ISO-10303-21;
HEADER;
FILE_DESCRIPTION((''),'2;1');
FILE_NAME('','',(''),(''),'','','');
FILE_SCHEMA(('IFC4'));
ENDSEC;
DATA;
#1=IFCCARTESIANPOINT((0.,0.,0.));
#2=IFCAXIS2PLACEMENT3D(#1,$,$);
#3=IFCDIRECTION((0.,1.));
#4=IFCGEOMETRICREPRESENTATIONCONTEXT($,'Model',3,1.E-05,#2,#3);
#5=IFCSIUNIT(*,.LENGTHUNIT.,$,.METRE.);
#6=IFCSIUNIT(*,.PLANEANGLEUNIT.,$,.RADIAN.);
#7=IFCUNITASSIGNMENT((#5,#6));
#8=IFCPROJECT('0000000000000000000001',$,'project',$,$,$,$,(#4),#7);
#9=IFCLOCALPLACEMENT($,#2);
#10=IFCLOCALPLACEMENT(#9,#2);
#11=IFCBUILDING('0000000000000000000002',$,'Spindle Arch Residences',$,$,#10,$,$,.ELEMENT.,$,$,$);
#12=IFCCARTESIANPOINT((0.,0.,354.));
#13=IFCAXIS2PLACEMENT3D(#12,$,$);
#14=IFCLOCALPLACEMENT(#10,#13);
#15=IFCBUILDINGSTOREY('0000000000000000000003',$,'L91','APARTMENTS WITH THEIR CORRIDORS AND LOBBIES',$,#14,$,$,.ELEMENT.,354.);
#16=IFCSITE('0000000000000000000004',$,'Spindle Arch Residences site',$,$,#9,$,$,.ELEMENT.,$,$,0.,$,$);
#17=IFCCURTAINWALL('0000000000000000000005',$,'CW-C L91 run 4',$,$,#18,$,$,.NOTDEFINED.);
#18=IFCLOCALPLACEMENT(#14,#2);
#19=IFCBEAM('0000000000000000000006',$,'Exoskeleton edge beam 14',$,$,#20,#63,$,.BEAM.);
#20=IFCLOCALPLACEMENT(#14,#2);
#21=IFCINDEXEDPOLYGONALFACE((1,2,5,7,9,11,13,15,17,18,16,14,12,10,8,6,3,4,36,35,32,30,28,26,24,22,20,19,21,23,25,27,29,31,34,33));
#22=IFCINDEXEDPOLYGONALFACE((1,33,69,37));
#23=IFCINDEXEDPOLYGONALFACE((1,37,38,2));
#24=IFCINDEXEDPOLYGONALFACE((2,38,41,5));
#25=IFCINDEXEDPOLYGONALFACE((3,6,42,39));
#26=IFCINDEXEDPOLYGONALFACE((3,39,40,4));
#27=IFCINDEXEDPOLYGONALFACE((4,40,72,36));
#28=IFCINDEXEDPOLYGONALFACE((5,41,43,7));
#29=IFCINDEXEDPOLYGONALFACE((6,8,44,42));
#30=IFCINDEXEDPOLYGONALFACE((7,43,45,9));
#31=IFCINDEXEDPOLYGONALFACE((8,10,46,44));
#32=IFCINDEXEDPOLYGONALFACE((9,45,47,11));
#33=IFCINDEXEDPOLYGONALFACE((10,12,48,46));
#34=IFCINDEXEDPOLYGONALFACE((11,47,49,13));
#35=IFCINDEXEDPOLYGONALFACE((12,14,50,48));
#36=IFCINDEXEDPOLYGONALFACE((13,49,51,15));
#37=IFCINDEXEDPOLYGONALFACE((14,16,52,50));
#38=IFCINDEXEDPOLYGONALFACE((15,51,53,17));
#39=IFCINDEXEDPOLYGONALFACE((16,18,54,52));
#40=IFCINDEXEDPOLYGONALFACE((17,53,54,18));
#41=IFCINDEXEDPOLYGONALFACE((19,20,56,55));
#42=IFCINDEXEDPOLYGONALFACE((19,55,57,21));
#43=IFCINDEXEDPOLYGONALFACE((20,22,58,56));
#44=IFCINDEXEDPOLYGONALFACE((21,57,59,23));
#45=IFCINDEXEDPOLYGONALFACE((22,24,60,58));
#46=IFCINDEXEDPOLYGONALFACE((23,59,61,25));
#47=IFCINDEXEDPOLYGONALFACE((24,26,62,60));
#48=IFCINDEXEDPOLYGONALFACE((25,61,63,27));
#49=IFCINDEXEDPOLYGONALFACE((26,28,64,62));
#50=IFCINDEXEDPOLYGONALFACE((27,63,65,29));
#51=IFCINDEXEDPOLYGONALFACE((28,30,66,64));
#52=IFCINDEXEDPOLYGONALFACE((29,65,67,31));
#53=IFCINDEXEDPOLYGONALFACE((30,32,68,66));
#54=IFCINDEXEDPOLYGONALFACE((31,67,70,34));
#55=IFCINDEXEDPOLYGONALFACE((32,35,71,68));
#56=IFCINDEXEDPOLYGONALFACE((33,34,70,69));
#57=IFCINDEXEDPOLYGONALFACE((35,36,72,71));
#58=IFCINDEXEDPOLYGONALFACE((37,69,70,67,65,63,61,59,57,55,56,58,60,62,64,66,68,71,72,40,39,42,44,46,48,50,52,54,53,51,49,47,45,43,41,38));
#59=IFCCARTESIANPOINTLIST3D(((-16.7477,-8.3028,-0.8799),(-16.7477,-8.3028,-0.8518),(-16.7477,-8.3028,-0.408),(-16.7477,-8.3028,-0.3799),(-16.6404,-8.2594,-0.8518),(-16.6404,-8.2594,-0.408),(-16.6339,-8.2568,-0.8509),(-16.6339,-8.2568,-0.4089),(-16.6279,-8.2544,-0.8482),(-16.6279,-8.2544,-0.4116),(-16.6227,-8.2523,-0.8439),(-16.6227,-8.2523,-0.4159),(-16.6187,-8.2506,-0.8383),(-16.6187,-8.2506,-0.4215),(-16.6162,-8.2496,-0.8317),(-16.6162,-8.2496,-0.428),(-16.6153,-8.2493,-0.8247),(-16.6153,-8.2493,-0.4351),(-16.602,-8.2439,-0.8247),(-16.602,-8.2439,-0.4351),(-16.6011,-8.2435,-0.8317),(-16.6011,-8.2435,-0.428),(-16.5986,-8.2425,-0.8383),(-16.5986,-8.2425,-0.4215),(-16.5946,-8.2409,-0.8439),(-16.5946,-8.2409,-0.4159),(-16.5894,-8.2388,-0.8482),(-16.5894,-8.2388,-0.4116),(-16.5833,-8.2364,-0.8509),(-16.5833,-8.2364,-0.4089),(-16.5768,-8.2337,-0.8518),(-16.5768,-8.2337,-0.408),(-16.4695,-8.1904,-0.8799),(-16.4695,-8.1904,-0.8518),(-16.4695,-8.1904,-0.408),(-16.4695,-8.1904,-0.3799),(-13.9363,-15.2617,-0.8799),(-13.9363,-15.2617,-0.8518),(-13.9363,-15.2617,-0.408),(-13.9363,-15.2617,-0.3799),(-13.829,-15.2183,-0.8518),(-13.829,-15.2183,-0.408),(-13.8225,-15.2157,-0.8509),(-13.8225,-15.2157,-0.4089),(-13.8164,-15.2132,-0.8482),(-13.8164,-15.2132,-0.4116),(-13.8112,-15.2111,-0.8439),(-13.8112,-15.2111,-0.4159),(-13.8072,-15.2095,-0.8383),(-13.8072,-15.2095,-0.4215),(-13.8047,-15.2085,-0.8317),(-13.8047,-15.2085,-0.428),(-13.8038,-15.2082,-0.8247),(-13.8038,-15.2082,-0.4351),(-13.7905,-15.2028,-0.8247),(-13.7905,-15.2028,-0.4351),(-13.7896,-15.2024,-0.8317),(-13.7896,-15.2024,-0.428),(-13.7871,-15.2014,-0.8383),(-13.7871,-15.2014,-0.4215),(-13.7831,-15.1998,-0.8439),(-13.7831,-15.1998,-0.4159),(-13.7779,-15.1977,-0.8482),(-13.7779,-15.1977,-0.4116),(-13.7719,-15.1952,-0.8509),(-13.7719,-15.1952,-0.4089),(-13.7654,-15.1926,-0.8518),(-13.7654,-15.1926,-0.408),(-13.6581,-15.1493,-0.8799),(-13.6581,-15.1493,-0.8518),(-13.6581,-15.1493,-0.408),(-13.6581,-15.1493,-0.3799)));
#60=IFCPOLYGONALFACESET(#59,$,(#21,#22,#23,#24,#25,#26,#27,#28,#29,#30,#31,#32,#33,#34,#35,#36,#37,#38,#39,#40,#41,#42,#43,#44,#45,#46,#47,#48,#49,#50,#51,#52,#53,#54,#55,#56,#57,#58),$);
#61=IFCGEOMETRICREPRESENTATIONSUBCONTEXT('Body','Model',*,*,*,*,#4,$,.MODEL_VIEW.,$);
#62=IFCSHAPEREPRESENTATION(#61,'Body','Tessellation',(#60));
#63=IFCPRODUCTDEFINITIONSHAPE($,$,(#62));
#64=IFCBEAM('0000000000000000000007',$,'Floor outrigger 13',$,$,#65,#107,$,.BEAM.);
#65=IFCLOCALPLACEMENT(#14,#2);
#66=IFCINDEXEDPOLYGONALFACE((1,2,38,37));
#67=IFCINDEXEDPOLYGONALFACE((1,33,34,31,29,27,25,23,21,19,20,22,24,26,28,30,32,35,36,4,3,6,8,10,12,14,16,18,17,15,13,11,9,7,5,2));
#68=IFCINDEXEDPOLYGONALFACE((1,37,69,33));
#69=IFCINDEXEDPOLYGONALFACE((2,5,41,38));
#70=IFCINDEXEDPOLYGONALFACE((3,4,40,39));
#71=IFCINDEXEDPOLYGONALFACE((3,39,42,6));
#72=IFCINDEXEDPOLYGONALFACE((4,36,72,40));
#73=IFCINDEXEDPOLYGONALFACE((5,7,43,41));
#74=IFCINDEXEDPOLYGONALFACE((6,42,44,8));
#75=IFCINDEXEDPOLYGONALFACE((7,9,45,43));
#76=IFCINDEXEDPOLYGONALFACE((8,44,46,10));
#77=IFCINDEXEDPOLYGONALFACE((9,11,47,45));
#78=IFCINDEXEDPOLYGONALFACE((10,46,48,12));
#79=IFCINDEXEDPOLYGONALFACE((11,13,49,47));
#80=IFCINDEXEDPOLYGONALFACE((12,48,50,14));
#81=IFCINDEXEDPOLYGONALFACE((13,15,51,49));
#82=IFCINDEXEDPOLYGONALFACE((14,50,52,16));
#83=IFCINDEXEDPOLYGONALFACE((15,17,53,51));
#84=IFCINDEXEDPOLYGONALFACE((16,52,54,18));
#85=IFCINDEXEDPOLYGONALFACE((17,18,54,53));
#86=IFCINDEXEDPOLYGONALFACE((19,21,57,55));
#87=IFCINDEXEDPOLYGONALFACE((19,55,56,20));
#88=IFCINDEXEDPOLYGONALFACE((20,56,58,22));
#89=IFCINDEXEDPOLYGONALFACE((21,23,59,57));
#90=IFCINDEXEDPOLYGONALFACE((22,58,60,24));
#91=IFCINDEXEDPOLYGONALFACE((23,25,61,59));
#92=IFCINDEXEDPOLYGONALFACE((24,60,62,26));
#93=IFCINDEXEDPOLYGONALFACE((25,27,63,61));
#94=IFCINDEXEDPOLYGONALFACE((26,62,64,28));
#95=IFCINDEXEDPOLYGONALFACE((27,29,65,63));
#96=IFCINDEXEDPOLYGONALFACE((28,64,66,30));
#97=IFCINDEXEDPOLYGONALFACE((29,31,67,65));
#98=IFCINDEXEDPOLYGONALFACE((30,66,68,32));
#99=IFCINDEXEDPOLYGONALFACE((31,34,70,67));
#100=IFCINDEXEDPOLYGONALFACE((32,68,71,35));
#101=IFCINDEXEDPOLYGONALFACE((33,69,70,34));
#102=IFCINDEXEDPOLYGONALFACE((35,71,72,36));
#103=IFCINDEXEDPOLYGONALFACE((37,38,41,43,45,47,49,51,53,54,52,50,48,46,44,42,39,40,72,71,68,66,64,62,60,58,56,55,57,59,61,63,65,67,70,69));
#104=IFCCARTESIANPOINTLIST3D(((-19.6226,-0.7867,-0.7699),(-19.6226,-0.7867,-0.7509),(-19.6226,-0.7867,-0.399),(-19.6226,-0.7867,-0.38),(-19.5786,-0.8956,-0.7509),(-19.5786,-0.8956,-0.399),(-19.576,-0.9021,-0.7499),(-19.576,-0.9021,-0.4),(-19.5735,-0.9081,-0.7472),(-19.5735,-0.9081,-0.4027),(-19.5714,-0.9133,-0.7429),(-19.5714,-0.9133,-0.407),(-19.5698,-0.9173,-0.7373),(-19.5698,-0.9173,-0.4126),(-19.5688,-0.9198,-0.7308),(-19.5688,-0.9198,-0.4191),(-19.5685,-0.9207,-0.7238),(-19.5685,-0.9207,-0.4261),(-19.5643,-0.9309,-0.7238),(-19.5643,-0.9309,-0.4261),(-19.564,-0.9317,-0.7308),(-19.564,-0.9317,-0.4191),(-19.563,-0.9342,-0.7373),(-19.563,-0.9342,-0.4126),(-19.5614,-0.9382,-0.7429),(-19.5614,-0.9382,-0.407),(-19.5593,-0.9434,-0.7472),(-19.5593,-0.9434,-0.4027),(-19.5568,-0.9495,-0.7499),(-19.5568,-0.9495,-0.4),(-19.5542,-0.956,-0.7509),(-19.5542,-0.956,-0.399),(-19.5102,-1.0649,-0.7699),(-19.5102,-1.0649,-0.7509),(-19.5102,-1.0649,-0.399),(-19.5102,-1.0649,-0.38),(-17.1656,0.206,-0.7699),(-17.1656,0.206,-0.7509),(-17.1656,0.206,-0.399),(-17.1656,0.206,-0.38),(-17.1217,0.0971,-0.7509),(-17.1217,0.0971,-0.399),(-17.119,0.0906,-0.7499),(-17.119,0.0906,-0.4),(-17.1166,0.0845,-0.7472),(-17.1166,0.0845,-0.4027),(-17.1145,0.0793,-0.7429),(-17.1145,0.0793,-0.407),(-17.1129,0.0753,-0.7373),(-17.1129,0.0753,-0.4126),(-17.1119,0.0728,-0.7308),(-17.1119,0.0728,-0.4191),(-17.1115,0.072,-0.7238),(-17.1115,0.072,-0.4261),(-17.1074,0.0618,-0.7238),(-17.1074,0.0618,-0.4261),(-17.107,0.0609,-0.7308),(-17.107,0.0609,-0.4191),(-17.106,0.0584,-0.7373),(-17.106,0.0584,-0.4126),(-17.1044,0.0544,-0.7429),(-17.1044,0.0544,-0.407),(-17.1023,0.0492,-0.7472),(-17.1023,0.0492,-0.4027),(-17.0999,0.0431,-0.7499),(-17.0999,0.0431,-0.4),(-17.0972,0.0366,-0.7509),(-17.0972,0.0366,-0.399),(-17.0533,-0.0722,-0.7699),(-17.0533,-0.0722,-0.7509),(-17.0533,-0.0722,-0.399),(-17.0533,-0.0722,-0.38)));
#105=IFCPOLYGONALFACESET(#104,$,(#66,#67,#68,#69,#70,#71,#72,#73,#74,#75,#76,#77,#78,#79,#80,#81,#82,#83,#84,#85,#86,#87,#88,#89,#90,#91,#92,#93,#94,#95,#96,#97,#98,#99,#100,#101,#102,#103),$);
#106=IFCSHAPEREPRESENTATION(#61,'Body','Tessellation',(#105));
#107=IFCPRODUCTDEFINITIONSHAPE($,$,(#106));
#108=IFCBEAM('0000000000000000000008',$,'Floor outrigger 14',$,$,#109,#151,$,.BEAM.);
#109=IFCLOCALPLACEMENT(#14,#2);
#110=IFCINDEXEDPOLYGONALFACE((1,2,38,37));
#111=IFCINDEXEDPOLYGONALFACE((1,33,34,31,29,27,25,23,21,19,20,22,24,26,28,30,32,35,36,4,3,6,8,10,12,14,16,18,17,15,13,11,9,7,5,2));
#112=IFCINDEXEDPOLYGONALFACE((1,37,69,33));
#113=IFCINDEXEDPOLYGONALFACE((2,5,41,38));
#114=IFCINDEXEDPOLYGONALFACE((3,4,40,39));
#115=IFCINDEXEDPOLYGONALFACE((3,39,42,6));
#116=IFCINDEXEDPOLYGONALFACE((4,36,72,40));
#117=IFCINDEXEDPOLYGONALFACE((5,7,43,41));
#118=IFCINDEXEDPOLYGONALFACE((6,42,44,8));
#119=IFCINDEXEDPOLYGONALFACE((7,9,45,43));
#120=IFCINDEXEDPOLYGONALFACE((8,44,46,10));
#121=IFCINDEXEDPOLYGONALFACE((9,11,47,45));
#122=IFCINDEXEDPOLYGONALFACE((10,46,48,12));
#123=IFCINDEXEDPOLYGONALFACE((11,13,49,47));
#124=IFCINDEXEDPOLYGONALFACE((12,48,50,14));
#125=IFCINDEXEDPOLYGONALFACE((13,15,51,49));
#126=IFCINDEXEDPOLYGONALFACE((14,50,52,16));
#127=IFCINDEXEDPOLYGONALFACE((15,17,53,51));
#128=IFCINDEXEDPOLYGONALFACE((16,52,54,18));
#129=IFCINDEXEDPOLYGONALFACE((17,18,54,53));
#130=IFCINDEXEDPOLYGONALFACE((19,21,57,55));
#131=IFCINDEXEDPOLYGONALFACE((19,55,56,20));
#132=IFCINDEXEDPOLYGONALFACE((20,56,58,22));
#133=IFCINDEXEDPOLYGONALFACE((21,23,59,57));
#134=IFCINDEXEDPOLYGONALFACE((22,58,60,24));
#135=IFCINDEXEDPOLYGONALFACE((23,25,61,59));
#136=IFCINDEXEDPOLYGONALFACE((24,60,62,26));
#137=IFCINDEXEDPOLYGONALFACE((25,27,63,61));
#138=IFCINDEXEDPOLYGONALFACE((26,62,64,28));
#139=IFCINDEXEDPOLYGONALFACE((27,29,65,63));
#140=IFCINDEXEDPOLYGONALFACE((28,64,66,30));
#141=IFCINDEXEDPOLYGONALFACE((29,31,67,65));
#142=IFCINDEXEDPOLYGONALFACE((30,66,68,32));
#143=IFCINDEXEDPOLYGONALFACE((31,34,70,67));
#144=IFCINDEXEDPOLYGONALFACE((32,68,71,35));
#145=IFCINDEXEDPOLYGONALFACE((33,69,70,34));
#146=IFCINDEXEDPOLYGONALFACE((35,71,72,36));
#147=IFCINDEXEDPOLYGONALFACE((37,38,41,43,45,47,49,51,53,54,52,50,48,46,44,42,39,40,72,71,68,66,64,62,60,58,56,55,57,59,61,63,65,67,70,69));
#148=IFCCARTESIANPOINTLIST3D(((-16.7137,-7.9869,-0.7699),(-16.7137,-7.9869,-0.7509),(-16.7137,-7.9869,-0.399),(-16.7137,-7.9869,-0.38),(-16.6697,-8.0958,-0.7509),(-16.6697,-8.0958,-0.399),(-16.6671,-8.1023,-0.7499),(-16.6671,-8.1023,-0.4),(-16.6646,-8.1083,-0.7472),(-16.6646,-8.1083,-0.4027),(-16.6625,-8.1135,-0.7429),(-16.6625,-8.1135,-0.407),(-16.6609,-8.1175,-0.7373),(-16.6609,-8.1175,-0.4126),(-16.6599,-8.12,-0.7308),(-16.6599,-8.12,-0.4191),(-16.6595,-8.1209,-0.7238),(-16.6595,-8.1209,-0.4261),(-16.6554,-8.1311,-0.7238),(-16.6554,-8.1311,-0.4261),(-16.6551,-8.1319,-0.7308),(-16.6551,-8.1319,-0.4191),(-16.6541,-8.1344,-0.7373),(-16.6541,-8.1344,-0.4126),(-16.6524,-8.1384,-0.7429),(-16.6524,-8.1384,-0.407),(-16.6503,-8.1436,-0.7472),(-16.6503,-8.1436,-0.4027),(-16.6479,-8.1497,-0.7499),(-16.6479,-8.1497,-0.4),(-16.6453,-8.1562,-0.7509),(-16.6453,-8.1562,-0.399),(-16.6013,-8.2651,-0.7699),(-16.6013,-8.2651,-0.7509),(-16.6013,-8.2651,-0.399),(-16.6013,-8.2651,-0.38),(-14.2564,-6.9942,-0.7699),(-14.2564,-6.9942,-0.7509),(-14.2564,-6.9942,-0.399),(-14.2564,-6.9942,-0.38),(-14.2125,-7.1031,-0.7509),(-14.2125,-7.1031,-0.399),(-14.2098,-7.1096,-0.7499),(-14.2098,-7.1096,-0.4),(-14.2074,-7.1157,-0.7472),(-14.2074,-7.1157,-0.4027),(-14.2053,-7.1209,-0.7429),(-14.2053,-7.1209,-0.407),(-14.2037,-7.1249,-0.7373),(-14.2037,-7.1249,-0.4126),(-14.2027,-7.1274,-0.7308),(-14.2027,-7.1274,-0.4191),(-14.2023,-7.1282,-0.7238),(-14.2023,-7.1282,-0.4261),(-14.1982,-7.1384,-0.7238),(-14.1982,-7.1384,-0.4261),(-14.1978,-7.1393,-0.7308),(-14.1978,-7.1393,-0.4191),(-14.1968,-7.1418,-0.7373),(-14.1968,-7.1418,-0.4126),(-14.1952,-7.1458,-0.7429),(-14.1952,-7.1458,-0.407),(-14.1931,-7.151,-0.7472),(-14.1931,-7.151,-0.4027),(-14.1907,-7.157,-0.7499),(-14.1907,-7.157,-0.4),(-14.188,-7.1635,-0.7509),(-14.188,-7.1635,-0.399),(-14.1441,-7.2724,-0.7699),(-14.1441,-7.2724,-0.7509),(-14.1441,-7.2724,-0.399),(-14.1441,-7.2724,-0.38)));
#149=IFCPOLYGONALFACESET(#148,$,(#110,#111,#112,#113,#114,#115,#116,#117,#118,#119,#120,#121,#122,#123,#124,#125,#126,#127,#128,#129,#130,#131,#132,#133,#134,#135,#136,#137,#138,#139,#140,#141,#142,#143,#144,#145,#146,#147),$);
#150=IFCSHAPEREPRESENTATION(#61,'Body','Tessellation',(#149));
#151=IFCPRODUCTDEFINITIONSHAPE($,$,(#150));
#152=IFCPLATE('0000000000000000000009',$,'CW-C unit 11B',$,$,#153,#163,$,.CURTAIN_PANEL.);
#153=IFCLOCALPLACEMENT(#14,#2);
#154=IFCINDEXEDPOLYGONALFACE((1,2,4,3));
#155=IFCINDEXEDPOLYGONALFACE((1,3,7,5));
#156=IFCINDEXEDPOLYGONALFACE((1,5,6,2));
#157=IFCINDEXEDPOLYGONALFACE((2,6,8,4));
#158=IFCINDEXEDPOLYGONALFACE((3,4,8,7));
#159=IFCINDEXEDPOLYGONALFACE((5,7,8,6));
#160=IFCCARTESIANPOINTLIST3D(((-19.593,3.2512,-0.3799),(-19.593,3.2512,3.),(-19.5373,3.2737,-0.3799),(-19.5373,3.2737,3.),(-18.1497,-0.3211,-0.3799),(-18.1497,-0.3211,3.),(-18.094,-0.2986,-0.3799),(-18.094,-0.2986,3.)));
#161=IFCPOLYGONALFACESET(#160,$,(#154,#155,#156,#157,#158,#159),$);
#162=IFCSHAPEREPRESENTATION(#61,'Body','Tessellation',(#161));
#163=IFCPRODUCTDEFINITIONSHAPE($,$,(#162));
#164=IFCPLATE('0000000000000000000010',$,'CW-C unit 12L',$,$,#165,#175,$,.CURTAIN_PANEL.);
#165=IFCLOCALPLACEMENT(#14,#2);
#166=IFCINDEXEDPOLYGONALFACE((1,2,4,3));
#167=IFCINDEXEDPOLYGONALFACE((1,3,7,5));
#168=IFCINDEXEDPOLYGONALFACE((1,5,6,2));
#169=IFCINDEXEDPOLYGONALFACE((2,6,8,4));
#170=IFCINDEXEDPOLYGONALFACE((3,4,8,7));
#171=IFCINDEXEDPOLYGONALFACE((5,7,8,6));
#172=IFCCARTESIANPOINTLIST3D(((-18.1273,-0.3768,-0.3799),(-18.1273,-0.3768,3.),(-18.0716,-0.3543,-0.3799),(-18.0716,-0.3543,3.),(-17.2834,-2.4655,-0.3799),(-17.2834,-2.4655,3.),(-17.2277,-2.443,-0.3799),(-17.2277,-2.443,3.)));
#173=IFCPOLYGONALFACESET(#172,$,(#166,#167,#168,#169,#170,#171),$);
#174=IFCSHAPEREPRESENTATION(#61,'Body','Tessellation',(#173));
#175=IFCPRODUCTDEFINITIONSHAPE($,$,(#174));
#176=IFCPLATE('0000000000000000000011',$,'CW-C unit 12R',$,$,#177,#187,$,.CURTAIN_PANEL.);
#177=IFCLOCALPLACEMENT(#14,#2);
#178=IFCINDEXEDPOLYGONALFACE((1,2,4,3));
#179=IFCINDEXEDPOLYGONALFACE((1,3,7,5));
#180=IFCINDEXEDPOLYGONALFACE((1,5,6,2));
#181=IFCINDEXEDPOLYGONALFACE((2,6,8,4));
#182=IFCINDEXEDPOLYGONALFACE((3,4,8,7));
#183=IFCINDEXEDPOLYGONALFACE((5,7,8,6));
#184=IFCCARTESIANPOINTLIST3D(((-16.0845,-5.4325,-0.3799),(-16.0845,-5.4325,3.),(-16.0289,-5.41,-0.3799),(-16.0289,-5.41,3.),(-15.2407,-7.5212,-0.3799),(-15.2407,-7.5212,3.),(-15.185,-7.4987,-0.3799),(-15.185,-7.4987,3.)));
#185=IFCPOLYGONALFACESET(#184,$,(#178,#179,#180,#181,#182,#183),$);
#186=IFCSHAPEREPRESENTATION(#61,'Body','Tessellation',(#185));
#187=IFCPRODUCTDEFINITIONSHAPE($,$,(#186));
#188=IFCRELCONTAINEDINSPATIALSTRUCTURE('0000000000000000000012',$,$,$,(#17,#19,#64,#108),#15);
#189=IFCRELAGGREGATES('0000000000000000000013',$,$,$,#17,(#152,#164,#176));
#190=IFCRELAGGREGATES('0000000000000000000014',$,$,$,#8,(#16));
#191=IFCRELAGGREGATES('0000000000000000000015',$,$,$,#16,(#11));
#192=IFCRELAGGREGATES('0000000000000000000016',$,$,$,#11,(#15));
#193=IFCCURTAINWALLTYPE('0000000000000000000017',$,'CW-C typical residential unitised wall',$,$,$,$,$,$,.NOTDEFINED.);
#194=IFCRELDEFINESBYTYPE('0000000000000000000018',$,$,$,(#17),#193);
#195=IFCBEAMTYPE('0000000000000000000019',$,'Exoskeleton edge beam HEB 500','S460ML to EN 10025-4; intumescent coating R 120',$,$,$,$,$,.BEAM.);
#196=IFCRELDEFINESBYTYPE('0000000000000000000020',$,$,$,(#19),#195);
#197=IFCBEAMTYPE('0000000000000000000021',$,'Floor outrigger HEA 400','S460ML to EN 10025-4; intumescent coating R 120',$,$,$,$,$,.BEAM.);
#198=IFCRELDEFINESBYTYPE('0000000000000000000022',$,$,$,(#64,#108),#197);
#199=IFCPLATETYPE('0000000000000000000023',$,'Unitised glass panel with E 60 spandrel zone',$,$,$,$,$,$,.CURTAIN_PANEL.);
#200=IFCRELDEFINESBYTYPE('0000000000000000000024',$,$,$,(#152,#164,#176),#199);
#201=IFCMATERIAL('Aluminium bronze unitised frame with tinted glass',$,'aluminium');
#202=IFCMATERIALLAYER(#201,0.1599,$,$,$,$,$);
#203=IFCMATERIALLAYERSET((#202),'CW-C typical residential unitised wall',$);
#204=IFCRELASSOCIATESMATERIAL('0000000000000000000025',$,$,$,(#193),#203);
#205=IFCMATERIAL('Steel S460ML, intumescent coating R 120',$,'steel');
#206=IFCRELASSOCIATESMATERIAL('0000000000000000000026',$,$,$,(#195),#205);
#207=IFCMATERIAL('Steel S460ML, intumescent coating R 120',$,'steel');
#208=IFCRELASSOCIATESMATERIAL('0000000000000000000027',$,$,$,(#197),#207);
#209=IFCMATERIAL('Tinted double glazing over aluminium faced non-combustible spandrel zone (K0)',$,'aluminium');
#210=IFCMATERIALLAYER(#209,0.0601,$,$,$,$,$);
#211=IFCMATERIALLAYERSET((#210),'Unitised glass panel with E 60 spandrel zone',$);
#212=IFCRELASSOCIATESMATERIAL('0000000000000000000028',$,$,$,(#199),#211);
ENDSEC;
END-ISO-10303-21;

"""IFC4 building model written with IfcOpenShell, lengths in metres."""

from ifc_helpers import new_model, si_unit, direction, frame, origin, origin_2d, place, context, subcontext, project, spatial, rectangle, i_section, extrude, material, layer, layer_set, material_profile, profile_set, type_object, element, aggregate, save


model = new_model("IFC4")

# Units and contexts
model_context = context("Model", 3, precision=1e-05, world=origin(), true_north=direction((0.0, 1.0)))
body_context = subcontext(model_context, "Body", "Model", "MODEL_VIEW")
ifc_project = project(units=[si_unit("LENGTHUNIT", "METRE"), si_unit("PLANEANGLEUNIT", "RADIAN")], contexts=[model_context])

# Site, building, storey
site_placement = place(None, origin())
site = spatial("IfcSite", under=ifc_project, at=site_placement, Name="Spindle Arch Residences site", CompositionType="ELEMENT", RefElevation=0.0)
building_placement = place(site_placement, origin())
building = spatial("IfcBuilding", under=site, at=building_placement, Name="Spindle Arch Residences", CompositionType="ELEMENT")
storey_placement = place(building_placement, frame((0.0, 0.0, 354.0)))
storey = spatial("IfcBuildingStorey", under=building, at=storey_placement, Name="L91", Description="APARTMENTS WITH THEIR CORRIDORS AND LOBBIES", CompositionType="ELEMENT", Elevation=354.0)

# Curtain wall
ifc_material_1 = material(Name="Aluminium bronze unitised frame with tinted glass", Category="aluminium")
ifc_layer_1 = layer(ifc_material_1, 0.1599)
ifc_layer_set_1 = layer_set([ifc_layer_1], Name="CW-C typical residential unitised wall")
curtain_wall_type = type_object("IfcCurtainWallType", Name="CW-C typical residential unitised wall", PredefinedType="NOTDEFINED", material=ifc_layer_set_1)
curtain_wall_placement = place(storey_placement, origin())
curtain_wall = element("IfcCurtainWall", 1, at=curtain_wall_placement, inside=storey, type_object=curtain_wall_type, Name="CW-C L91 run 4", PredefinedType="NOTDEFINED")

# Beams
ifc_material_2 = material(Name="Steel S460ML, intumescent coating R 120", Category="steel")
ifc_material_profile_1 = material_profile(ifc_material_2, i_section(OverallWidth=0.3, OverallDepth=0.5, WebThickness=0.0144, FlangeThickness=0.0281, FilletRadius=0.0271, at=origin_2d()), Name="HEB 500")
ifc_profile_set_1 = profile_set([ifc_material_profile_1], Name="Steel S460ML, intumescent coating R 120")
beam_type_1 = type_object("IfcBeamType", Name="Exoskeleton edge beam HEB 500", Description="S460ML to EN 10025-4; intumescent coating R 120", PredefinedType="BEAM", material=ifc_profile_set_1)
for number, where, z_axis, x_axis, name in (
    (2, (-16.6086, -8.2466, -0.6299), (0.374596, -0.927188, 0.0), (0.927188, 0.374596, 0.0), "Exoskeleton edge beam 14"),
):
    element("IfcBeam", number, at=place(storey_placement, frame(where, z_axis=z_axis, x_axis=x_axis)), inside=storey, type_object=beam_type_1, Name=name, PredefinedType="BEAM", context=body_context, shape_type="SweptSolid", body=[
        extrude(i_section(OverallWidth=0.3, OverallDepth=0.5, WebThickness=0.0144, FlangeThickness=0.0281, FilletRadius=0.0271, at=origin_2d()), origin(), (0.0, 0.0, 1.0), 7.5054),
    ])
ifc_material_3 = material(Name="Steel S460ML, intumescent coating R 120", Category="steel")
ifc_material_profile_2 = material_profile(ifc_material_3, i_section(OverallWidth=0.3, OverallDepth=0.3899, WebThickness=0.011, FlangeThickness=0.019, FilletRadius=0.0271, at=origin_2d()), Name="HEA 400")
ifc_profile_set_2 = profile_set([ifc_material_profile_2], Name="Steel S460ML, intumescent coating R 120")
beam_type_2 = type_object("IfcBeamType", Name="Floor outrigger HEA 400", Description="S460ML to EN 10025-4; intumescent coating R 120", PredefinedType="BEAM", material=ifc_profile_set_2)
beam_1_placement = place(storey_placement, frame((-19.5664, -0.9258, -0.575), z_axis=(0.927188, 0.374597, 0.0), x_axis=(-0.374597, 0.927188, 0.0)))
element("IfcBeam", 3, at=beam_1_placement, inside=storey, type_object=beam_type_2, Name="Floor outrigger 13", PredefinedType="BEAM", context=body_context, shape_type="SweptSolid", body=[
    extrude(i_section(OverallWidth=0.3, OverallDepth=0.3899, WebThickness=0.011, FlangeThickness=0.019, FilletRadius=0.0271, at=origin_2d()), origin(), (0.0, 0.0, 1.0), 2.6499),
])
beam_2_placement = place(storey_placement, frame((-16.6575, -8.126, -0.575), z_axis=(0.927201, 0.374565, 0.0), x_axis=(-0.374565, 0.927201, 0.0)))
element("IfcBeam", 4, at=beam_2_placement, inside=storey, type_object=beam_type_2, Name="Floor outrigger 14", PredefinedType="BEAM", context=body_context, shape_type="SweptSolid", body=[
    extrude(i_section(OverallWidth=0.3, OverallDepth=0.3899, WebThickness=0.011, FlangeThickness=0.019, FilletRadius=0.0271, at=origin_2d()), origin(), (0.0, 0.0, 1.0), 2.6501),
])

# Plates
ifc_material_4 = material(Name="Tinted double glazing over aluminium faced non-combustible spandrel zone (K0)", Category="aluminium")
ifc_layer_2 = layer(ifc_material_4, 0.0601)
ifc_layer_set_2 = layer_set([ifc_layer_2], Name="Unitised glass panel with E 60 spandrel zone")
plate_type = type_object("IfcPlateType", Name="Unitised glass panel with E 60 spandrel zone", PredefinedType="CURTAIN_PANEL", material=ifc_layer_set_2)
plate_1_placement = place(storey_placement, frame((-18.8435, 1.4763, -0.3799), z_axis=(0.0, 0.0, 1.0), x_axis=(0.374607, -0.927184, 0.0)))
plate_1 = element("IfcPlate", 5, at=plate_1_placement, type_object=plate_type, Name="CW-C unit 11B", PredefinedType="CURTAIN_PANEL", context=body_context, shape_type="SweptSolid", body=[
    extrude(rectangle(XDim=3.8528, YDim=0.0601, at=origin_2d()), origin(), (0.0, 0.0, 1.0), 3.3799),
])
plate_2_placement = place(storey_placement, frame((-17.6775, -1.4099, -0.3799), z_axis=(0.0, 0.0, 1.0), x_axis=(0.374607, -0.927184, 0.0)))
plate_2 = element("IfcPlate", 6, at=plate_2_placement, type_object=plate_type, Name="CW-C unit 12L", PredefinedType="CURTAIN_PANEL", context=body_context, shape_type="SweptSolid", body=[
    extrude(rectangle(XDim=2.2527, YDim=0.0601, at=origin_2d()), origin(), (0.0, 0.0, 1.0), 3.3799),
])
plate_3_placement = place(storey_placement, frame((-15.6348, -6.4656, -0.3799), z_axis=(0.0, 0.0, 1.0), x_axis=(0.374607, -0.927184, 0.0)))
plate_3 = element("IfcPlate", 7, at=plate_3_placement, type_object=plate_type, Name="CW-C unit 12R", PredefinedType="CURTAIN_PANEL", context=body_context, shape_type="SweptSolid", body=[
    extrude(rectangle(XDim=2.2527, YDim=0.0601, at=origin_2d()), origin(), (0.0, 0.0, 1.0), 3.3799),
])
aggregate(curtain_wall, [plate_1, plate_2, plate_3])

save(model, "model.ifc")
